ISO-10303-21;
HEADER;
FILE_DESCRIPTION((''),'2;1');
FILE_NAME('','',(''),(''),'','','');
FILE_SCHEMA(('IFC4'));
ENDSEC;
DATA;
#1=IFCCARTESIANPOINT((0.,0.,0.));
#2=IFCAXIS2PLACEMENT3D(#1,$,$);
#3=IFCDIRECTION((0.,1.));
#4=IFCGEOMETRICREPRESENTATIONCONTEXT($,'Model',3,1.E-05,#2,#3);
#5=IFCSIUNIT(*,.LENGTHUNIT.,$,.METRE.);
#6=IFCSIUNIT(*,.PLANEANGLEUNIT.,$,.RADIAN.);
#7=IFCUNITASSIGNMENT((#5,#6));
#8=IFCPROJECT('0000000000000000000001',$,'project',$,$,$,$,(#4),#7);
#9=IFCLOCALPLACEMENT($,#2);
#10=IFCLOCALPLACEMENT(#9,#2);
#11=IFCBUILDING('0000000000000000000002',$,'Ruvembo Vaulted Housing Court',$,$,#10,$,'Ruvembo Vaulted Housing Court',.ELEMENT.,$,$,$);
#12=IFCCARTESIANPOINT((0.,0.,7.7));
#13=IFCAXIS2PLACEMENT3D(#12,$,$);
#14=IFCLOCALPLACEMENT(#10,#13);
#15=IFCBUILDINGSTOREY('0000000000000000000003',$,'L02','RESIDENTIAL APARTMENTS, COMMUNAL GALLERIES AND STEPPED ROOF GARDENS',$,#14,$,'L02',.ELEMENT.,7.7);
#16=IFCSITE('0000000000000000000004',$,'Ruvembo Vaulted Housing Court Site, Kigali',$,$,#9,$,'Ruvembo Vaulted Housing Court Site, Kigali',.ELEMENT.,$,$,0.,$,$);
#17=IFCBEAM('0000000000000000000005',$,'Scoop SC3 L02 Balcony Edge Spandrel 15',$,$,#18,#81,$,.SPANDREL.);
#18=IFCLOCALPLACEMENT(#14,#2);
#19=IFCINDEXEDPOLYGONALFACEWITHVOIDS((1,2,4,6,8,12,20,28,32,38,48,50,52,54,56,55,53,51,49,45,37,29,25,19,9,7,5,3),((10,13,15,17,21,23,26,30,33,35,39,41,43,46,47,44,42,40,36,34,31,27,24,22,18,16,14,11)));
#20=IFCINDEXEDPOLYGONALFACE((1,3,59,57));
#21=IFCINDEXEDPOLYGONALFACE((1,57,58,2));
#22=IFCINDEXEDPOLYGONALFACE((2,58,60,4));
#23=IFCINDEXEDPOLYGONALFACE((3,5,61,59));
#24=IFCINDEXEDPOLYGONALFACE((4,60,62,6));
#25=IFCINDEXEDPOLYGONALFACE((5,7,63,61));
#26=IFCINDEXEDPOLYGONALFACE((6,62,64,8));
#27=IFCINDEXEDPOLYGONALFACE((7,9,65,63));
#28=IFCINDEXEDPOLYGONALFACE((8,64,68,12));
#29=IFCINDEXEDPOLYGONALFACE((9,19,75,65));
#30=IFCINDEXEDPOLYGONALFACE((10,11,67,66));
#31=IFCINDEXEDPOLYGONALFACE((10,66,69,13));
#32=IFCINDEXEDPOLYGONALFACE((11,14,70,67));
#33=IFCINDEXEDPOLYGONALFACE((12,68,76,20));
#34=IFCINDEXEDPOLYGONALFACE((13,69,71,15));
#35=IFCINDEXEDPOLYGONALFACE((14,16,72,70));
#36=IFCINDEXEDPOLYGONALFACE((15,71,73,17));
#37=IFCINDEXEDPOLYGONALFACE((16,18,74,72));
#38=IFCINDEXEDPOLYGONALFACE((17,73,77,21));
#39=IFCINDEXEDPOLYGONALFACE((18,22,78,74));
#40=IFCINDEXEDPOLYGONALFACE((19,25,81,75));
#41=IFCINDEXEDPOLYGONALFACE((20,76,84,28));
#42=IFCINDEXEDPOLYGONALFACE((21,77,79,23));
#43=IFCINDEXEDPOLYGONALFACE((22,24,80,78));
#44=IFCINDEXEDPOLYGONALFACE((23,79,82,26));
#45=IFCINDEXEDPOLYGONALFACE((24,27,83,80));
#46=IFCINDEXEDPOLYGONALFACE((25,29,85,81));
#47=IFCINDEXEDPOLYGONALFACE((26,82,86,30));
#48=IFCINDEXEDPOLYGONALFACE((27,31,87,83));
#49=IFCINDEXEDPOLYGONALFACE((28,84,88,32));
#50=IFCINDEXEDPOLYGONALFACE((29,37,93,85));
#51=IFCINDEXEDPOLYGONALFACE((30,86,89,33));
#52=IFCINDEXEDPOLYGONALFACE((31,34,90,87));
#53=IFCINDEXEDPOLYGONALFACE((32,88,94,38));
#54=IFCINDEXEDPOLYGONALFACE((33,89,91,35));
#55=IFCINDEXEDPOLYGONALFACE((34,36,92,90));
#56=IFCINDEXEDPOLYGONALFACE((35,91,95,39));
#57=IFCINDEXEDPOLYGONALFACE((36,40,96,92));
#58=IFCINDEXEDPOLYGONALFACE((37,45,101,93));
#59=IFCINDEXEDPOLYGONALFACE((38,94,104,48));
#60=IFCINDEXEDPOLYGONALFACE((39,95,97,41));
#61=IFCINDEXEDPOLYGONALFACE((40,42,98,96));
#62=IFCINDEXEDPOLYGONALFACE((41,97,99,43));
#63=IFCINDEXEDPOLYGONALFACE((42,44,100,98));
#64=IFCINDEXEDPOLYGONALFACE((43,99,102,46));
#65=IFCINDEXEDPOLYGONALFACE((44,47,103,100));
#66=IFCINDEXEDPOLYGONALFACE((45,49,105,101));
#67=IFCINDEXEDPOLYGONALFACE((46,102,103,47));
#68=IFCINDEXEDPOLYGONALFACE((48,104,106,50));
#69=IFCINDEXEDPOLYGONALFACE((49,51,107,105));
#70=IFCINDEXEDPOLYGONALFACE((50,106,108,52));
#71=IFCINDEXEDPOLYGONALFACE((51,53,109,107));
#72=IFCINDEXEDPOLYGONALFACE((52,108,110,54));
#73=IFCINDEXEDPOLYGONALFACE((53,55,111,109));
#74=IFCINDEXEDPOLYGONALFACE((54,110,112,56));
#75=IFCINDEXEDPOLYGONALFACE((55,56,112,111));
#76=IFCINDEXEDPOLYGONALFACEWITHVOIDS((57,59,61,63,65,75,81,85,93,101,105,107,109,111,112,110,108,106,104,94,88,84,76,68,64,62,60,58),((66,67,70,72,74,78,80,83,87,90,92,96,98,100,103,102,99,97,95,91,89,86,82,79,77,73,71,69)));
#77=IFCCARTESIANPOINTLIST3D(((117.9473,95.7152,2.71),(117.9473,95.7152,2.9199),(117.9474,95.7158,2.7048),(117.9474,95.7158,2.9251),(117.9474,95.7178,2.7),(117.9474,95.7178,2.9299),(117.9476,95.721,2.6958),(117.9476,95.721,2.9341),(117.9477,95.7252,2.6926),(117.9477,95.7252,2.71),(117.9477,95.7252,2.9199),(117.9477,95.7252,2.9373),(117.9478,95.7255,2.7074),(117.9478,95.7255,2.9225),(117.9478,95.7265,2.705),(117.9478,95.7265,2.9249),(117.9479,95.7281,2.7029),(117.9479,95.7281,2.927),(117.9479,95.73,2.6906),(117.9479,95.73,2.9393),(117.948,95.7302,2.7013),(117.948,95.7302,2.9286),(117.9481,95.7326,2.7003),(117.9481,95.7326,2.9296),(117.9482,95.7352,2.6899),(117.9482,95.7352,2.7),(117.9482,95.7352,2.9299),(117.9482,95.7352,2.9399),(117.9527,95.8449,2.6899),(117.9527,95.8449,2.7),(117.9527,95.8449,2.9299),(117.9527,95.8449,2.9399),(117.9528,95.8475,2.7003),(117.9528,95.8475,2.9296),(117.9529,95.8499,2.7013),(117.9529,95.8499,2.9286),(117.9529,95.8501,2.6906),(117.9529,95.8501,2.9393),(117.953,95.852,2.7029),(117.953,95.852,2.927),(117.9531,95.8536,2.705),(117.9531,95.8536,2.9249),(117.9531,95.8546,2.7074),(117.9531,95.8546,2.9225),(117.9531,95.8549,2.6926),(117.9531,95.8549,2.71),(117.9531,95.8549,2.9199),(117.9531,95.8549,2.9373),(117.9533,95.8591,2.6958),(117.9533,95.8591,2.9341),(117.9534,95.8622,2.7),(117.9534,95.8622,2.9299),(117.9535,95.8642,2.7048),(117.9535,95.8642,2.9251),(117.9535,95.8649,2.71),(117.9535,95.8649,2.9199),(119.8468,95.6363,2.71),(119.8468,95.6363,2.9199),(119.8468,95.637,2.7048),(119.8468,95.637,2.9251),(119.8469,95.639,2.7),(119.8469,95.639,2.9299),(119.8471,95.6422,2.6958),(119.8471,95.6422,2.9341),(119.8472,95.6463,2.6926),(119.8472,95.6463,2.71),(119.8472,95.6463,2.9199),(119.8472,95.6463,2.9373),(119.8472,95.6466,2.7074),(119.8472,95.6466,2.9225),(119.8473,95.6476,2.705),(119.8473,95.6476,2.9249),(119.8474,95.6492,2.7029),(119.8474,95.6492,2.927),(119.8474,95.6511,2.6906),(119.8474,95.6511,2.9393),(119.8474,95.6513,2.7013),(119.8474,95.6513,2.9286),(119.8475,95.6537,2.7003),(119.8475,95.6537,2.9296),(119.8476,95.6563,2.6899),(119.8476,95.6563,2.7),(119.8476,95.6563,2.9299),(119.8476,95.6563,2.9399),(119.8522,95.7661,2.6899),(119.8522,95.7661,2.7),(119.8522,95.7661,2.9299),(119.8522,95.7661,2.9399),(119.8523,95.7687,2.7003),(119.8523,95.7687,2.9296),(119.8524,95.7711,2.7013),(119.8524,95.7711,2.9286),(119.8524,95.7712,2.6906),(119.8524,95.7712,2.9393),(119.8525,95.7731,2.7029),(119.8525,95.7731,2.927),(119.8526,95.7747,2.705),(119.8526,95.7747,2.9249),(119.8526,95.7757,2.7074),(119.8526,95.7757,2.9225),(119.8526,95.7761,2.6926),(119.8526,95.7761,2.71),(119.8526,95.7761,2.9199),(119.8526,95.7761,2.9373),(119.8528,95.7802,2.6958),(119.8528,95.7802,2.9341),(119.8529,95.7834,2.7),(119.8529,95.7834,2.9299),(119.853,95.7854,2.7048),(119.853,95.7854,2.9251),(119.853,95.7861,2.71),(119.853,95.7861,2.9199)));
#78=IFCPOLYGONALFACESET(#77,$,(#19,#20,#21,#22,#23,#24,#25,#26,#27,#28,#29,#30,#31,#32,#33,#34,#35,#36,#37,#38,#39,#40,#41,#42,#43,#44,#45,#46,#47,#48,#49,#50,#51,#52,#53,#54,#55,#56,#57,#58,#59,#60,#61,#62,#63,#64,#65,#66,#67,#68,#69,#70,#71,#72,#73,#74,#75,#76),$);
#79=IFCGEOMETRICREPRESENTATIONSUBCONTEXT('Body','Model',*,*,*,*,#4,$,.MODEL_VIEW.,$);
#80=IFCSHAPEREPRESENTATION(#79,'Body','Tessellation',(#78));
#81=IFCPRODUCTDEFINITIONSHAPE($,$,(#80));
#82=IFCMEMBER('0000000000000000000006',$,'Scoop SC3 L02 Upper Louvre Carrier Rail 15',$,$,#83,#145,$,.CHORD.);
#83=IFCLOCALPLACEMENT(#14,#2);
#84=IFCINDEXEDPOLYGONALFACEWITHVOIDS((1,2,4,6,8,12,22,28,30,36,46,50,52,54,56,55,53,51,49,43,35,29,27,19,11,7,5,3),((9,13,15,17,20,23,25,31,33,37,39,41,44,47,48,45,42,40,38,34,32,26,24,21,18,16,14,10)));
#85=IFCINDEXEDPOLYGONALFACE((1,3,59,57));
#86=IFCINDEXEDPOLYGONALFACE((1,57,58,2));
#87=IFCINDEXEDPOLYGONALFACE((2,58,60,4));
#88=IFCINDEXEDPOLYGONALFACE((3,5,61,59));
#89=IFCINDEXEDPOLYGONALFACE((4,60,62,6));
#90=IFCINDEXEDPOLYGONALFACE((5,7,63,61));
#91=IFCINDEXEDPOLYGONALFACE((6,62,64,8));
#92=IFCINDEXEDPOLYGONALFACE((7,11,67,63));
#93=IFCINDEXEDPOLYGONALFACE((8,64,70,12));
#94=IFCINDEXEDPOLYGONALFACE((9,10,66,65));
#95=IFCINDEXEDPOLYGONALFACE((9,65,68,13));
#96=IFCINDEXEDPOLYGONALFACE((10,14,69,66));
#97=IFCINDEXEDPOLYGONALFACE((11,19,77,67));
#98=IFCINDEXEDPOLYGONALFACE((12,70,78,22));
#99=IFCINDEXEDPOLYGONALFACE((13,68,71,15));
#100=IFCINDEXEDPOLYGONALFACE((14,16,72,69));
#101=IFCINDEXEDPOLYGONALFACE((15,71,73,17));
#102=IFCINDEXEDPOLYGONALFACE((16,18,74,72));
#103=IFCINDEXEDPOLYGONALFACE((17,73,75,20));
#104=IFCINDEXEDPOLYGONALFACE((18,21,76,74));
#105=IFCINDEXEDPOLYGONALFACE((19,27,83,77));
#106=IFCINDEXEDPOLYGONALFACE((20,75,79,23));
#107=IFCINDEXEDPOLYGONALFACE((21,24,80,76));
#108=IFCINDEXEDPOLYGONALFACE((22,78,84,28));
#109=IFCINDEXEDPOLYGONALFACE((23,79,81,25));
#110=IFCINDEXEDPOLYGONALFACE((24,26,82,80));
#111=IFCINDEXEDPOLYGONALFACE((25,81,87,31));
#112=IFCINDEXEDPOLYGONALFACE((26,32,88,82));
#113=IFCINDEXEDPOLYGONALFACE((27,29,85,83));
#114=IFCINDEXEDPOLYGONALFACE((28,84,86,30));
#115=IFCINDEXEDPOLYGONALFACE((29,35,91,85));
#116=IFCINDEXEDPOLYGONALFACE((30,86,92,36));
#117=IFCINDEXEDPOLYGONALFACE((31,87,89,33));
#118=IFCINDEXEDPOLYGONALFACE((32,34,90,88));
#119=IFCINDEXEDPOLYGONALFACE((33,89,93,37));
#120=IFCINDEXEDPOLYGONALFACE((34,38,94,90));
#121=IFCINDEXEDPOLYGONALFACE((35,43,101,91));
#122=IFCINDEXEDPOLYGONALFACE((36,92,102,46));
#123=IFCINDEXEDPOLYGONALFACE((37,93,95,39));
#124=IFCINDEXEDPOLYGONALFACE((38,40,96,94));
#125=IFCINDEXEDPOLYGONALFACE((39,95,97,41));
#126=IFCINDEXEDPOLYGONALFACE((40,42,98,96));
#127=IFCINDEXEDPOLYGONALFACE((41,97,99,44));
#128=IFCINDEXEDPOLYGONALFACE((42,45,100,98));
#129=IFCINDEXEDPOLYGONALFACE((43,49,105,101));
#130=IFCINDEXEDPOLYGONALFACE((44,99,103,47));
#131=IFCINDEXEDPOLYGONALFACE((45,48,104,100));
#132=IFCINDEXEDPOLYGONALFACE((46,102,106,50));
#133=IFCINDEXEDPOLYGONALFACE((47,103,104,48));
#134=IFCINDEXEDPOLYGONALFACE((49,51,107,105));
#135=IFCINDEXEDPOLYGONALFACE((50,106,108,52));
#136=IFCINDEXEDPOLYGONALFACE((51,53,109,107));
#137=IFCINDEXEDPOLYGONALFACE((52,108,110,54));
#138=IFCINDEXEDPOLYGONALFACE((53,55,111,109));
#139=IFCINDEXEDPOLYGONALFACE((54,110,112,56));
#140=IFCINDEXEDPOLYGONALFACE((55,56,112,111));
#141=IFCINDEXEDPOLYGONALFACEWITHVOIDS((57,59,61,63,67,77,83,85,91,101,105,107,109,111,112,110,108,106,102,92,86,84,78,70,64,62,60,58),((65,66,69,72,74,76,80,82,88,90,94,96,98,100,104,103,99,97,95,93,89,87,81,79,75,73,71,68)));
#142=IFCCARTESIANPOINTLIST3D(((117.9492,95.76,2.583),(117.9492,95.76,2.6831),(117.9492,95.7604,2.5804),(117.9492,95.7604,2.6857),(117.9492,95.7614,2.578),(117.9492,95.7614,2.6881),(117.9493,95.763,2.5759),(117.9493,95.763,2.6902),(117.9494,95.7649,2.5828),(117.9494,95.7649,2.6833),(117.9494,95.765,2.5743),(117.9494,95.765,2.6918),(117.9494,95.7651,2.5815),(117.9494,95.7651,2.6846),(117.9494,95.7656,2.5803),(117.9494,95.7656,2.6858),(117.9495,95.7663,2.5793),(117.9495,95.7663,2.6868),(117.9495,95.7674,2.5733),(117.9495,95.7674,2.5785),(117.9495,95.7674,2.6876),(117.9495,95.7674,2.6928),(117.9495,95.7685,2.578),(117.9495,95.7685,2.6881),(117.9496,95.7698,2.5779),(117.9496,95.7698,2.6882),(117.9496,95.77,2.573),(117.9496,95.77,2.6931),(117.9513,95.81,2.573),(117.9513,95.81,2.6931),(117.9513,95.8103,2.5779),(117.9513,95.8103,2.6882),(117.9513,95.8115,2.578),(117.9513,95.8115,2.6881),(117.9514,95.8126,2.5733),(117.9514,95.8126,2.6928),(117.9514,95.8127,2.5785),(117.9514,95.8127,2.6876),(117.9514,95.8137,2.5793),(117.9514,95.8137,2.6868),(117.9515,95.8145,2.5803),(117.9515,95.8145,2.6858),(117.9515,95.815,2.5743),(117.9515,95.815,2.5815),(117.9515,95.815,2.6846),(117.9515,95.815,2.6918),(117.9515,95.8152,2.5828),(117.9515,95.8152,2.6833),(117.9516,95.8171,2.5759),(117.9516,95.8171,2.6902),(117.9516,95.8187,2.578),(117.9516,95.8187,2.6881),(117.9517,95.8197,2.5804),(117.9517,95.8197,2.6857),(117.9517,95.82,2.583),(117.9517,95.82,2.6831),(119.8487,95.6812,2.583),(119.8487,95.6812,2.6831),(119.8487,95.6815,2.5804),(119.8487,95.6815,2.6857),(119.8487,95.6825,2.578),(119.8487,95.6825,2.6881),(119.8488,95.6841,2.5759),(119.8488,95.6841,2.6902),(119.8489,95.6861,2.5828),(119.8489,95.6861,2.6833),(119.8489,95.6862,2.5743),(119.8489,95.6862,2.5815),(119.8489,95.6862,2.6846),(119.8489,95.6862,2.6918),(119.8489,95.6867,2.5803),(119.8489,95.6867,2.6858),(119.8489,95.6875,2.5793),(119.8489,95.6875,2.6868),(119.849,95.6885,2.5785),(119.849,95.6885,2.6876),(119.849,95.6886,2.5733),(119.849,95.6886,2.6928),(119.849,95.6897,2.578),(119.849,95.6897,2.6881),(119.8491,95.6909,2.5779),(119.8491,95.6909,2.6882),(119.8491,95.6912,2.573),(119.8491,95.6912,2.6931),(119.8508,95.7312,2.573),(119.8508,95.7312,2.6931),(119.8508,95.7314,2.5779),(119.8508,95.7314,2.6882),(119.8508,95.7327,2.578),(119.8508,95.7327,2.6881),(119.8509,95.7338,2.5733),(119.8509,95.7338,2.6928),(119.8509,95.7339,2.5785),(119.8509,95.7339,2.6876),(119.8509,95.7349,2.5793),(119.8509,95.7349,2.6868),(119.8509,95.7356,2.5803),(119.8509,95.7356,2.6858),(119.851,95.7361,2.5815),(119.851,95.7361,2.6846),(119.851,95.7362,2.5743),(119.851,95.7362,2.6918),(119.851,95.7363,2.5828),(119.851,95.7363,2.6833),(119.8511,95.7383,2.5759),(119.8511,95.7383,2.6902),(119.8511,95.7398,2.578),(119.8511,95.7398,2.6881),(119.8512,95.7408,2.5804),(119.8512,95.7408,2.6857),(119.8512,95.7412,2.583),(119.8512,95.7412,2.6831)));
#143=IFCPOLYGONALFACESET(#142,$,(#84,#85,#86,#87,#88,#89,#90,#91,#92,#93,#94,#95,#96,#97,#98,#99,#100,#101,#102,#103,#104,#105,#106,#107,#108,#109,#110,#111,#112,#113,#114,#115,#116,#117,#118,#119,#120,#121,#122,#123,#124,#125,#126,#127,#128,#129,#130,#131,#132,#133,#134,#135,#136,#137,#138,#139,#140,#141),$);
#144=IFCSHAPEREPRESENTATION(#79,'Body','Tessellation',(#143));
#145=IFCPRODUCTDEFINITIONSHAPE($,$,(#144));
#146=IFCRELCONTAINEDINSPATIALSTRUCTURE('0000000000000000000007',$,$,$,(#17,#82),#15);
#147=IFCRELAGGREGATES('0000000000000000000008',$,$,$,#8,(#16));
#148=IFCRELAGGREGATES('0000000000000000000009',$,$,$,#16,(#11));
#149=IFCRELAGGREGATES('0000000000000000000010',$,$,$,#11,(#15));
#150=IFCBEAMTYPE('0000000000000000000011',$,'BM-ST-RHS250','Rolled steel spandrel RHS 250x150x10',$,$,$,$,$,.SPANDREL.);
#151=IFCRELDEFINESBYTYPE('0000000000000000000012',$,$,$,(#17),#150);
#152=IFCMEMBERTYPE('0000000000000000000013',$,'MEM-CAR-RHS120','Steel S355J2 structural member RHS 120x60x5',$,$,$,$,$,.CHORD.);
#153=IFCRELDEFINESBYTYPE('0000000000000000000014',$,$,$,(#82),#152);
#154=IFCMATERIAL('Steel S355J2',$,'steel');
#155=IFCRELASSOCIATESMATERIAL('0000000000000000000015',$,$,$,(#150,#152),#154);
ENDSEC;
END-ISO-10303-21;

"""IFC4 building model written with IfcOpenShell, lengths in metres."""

from ifc_helpers import new_model, si_unit, direction, frame, origin, origin_2d, place, context, subcontext, project, spatial, hollow_rectangle, extrude, material, material_profile, profile_set, type_object, element, save


model = new_model("IFC4")

# Units and contexts
model_context = context("Model", 3, precision=1e-05, world=origin(), true_north=direction((0.0, 1.0)))
body_context = subcontext(model_context, "Body", "Model", "MODEL_VIEW")
ifc_project = project(units=[si_unit("LENGTHUNIT", "METRE"), si_unit("PLANEANGLEUNIT", "RADIAN")], contexts=[model_context])

# Site, building, storey
site_placement = place(None, origin())
site = spatial("IfcSite", under=ifc_project, at=site_placement, Name="Ruvembo Vaulted Housing Court Site, Kigali", LongName="Ruvembo Vaulted Housing Court Site, Kigali", CompositionType="ELEMENT", RefElevation=0.0)
building_placement = place(site_placement, origin())
building = spatial("IfcBuilding", under=site, at=building_placement, Name="Ruvembo Vaulted Housing Court", LongName="Ruvembo Vaulted Housing Court", CompositionType="ELEMENT")
storey_placement = place(building_placement, frame((0.0, 0.0, 7.7)))
storey = spatial("IfcBuildingStorey", under=building, at=storey_placement, Name="L02", Description="RESIDENTIAL APARTMENTS, COMMUNAL GALLERIES AND STEPPED ROOF GARDENS", LongName="L02", CompositionType="ELEMENT", Elevation=7.7)

# Beam
ifc_material_1 = material(Name="Steel S355J2", Category="steel")
ifc_material_profile_1 = material_profile(ifc_material_1, hollow_rectangle(XDim=0.1499, YDim=0.25, WallThickness=0.01, InnerFilletRadius=0.01, OuterFilletRadius=0.02, at=origin_2d()), Name="RHS 250x150x10")
ifc_profile_set_1 = profile_set([ifc_material_profile_1], Name="Steel S355J2")
beam_type_1 = type_object("IfcBeamType", Name="BM-ST-RHS250", Description="Rolled steel spandrel RHS 250x150x10", PredefinedType="SPANDREL", material=ifc_profile_set_1)
beam_1_placement = place(storey_placement, frame((117.9504, 95.79, 2.8149), z_axis=(0.999139, -0.041481, 0.0), x_axis=(0.041481, 0.999139, 0.0)))
element("IfcBeam", 1, at=beam_1_placement, inside=storey, type_object=beam_type_1, Name="Scoop SC3 L02 Balcony Edge Spandrel 15", PredefinedType="SPANDREL", context=body_context, shape_type="SweptSolid", body=[
    extrude(hollow_rectangle(XDim=0.1499, YDim=0.25, WallThickness=0.01, InnerFilletRadius=0.01, OuterFilletRadius=0.02, at=origin_2d()), origin(), (0.0, 0.0, 1.0), 1.9011),
])

# Member
ifc_material_profile_2 = material_profile(ifc_material_1, hollow_rectangle(XDim=0.0601, YDim=0.1201, WallThickness=0.0049, InnerFilletRadius=0.0049, OuterFilletRadius=0.01, at=origin_2d()), Name="RHS 120x60x5")
ifc_profile_set_2 = profile_set([ifc_material_profile_2], Name="Steel S355J2")
member_type_1 = type_object("IfcMemberType", Name="MEM-CAR-RHS120", Description="Steel S355J2 structural member RHS 120x60x5", PredefinedType="CHORD", material=ifc_profile_set_2)
member_1_placement = place(storey_placement, frame((117.9504, 95.79, 2.6331), z_axis=(0.999139, -0.041481, 0.0), x_axis=(0.041481, 0.999139, 0.0)))
element("IfcMember", 2, at=member_1_placement, inside=storey, type_object=member_type_1, Name="Scoop SC3 L02 Upper Louvre Carrier Rail 15", PredefinedType="CHORD", context=body_context, shape_type="SweptSolid", body=[
    extrude(hollow_rectangle(XDim=0.0601, YDim=0.1201, WallThickness=0.0049, InnerFilletRadius=0.0049, OuterFilletRadius=0.01, at=origin_2d()), origin(), (0.0, 0.0, 1.0), 1.9011),
])

save(model, "model.ifc")
